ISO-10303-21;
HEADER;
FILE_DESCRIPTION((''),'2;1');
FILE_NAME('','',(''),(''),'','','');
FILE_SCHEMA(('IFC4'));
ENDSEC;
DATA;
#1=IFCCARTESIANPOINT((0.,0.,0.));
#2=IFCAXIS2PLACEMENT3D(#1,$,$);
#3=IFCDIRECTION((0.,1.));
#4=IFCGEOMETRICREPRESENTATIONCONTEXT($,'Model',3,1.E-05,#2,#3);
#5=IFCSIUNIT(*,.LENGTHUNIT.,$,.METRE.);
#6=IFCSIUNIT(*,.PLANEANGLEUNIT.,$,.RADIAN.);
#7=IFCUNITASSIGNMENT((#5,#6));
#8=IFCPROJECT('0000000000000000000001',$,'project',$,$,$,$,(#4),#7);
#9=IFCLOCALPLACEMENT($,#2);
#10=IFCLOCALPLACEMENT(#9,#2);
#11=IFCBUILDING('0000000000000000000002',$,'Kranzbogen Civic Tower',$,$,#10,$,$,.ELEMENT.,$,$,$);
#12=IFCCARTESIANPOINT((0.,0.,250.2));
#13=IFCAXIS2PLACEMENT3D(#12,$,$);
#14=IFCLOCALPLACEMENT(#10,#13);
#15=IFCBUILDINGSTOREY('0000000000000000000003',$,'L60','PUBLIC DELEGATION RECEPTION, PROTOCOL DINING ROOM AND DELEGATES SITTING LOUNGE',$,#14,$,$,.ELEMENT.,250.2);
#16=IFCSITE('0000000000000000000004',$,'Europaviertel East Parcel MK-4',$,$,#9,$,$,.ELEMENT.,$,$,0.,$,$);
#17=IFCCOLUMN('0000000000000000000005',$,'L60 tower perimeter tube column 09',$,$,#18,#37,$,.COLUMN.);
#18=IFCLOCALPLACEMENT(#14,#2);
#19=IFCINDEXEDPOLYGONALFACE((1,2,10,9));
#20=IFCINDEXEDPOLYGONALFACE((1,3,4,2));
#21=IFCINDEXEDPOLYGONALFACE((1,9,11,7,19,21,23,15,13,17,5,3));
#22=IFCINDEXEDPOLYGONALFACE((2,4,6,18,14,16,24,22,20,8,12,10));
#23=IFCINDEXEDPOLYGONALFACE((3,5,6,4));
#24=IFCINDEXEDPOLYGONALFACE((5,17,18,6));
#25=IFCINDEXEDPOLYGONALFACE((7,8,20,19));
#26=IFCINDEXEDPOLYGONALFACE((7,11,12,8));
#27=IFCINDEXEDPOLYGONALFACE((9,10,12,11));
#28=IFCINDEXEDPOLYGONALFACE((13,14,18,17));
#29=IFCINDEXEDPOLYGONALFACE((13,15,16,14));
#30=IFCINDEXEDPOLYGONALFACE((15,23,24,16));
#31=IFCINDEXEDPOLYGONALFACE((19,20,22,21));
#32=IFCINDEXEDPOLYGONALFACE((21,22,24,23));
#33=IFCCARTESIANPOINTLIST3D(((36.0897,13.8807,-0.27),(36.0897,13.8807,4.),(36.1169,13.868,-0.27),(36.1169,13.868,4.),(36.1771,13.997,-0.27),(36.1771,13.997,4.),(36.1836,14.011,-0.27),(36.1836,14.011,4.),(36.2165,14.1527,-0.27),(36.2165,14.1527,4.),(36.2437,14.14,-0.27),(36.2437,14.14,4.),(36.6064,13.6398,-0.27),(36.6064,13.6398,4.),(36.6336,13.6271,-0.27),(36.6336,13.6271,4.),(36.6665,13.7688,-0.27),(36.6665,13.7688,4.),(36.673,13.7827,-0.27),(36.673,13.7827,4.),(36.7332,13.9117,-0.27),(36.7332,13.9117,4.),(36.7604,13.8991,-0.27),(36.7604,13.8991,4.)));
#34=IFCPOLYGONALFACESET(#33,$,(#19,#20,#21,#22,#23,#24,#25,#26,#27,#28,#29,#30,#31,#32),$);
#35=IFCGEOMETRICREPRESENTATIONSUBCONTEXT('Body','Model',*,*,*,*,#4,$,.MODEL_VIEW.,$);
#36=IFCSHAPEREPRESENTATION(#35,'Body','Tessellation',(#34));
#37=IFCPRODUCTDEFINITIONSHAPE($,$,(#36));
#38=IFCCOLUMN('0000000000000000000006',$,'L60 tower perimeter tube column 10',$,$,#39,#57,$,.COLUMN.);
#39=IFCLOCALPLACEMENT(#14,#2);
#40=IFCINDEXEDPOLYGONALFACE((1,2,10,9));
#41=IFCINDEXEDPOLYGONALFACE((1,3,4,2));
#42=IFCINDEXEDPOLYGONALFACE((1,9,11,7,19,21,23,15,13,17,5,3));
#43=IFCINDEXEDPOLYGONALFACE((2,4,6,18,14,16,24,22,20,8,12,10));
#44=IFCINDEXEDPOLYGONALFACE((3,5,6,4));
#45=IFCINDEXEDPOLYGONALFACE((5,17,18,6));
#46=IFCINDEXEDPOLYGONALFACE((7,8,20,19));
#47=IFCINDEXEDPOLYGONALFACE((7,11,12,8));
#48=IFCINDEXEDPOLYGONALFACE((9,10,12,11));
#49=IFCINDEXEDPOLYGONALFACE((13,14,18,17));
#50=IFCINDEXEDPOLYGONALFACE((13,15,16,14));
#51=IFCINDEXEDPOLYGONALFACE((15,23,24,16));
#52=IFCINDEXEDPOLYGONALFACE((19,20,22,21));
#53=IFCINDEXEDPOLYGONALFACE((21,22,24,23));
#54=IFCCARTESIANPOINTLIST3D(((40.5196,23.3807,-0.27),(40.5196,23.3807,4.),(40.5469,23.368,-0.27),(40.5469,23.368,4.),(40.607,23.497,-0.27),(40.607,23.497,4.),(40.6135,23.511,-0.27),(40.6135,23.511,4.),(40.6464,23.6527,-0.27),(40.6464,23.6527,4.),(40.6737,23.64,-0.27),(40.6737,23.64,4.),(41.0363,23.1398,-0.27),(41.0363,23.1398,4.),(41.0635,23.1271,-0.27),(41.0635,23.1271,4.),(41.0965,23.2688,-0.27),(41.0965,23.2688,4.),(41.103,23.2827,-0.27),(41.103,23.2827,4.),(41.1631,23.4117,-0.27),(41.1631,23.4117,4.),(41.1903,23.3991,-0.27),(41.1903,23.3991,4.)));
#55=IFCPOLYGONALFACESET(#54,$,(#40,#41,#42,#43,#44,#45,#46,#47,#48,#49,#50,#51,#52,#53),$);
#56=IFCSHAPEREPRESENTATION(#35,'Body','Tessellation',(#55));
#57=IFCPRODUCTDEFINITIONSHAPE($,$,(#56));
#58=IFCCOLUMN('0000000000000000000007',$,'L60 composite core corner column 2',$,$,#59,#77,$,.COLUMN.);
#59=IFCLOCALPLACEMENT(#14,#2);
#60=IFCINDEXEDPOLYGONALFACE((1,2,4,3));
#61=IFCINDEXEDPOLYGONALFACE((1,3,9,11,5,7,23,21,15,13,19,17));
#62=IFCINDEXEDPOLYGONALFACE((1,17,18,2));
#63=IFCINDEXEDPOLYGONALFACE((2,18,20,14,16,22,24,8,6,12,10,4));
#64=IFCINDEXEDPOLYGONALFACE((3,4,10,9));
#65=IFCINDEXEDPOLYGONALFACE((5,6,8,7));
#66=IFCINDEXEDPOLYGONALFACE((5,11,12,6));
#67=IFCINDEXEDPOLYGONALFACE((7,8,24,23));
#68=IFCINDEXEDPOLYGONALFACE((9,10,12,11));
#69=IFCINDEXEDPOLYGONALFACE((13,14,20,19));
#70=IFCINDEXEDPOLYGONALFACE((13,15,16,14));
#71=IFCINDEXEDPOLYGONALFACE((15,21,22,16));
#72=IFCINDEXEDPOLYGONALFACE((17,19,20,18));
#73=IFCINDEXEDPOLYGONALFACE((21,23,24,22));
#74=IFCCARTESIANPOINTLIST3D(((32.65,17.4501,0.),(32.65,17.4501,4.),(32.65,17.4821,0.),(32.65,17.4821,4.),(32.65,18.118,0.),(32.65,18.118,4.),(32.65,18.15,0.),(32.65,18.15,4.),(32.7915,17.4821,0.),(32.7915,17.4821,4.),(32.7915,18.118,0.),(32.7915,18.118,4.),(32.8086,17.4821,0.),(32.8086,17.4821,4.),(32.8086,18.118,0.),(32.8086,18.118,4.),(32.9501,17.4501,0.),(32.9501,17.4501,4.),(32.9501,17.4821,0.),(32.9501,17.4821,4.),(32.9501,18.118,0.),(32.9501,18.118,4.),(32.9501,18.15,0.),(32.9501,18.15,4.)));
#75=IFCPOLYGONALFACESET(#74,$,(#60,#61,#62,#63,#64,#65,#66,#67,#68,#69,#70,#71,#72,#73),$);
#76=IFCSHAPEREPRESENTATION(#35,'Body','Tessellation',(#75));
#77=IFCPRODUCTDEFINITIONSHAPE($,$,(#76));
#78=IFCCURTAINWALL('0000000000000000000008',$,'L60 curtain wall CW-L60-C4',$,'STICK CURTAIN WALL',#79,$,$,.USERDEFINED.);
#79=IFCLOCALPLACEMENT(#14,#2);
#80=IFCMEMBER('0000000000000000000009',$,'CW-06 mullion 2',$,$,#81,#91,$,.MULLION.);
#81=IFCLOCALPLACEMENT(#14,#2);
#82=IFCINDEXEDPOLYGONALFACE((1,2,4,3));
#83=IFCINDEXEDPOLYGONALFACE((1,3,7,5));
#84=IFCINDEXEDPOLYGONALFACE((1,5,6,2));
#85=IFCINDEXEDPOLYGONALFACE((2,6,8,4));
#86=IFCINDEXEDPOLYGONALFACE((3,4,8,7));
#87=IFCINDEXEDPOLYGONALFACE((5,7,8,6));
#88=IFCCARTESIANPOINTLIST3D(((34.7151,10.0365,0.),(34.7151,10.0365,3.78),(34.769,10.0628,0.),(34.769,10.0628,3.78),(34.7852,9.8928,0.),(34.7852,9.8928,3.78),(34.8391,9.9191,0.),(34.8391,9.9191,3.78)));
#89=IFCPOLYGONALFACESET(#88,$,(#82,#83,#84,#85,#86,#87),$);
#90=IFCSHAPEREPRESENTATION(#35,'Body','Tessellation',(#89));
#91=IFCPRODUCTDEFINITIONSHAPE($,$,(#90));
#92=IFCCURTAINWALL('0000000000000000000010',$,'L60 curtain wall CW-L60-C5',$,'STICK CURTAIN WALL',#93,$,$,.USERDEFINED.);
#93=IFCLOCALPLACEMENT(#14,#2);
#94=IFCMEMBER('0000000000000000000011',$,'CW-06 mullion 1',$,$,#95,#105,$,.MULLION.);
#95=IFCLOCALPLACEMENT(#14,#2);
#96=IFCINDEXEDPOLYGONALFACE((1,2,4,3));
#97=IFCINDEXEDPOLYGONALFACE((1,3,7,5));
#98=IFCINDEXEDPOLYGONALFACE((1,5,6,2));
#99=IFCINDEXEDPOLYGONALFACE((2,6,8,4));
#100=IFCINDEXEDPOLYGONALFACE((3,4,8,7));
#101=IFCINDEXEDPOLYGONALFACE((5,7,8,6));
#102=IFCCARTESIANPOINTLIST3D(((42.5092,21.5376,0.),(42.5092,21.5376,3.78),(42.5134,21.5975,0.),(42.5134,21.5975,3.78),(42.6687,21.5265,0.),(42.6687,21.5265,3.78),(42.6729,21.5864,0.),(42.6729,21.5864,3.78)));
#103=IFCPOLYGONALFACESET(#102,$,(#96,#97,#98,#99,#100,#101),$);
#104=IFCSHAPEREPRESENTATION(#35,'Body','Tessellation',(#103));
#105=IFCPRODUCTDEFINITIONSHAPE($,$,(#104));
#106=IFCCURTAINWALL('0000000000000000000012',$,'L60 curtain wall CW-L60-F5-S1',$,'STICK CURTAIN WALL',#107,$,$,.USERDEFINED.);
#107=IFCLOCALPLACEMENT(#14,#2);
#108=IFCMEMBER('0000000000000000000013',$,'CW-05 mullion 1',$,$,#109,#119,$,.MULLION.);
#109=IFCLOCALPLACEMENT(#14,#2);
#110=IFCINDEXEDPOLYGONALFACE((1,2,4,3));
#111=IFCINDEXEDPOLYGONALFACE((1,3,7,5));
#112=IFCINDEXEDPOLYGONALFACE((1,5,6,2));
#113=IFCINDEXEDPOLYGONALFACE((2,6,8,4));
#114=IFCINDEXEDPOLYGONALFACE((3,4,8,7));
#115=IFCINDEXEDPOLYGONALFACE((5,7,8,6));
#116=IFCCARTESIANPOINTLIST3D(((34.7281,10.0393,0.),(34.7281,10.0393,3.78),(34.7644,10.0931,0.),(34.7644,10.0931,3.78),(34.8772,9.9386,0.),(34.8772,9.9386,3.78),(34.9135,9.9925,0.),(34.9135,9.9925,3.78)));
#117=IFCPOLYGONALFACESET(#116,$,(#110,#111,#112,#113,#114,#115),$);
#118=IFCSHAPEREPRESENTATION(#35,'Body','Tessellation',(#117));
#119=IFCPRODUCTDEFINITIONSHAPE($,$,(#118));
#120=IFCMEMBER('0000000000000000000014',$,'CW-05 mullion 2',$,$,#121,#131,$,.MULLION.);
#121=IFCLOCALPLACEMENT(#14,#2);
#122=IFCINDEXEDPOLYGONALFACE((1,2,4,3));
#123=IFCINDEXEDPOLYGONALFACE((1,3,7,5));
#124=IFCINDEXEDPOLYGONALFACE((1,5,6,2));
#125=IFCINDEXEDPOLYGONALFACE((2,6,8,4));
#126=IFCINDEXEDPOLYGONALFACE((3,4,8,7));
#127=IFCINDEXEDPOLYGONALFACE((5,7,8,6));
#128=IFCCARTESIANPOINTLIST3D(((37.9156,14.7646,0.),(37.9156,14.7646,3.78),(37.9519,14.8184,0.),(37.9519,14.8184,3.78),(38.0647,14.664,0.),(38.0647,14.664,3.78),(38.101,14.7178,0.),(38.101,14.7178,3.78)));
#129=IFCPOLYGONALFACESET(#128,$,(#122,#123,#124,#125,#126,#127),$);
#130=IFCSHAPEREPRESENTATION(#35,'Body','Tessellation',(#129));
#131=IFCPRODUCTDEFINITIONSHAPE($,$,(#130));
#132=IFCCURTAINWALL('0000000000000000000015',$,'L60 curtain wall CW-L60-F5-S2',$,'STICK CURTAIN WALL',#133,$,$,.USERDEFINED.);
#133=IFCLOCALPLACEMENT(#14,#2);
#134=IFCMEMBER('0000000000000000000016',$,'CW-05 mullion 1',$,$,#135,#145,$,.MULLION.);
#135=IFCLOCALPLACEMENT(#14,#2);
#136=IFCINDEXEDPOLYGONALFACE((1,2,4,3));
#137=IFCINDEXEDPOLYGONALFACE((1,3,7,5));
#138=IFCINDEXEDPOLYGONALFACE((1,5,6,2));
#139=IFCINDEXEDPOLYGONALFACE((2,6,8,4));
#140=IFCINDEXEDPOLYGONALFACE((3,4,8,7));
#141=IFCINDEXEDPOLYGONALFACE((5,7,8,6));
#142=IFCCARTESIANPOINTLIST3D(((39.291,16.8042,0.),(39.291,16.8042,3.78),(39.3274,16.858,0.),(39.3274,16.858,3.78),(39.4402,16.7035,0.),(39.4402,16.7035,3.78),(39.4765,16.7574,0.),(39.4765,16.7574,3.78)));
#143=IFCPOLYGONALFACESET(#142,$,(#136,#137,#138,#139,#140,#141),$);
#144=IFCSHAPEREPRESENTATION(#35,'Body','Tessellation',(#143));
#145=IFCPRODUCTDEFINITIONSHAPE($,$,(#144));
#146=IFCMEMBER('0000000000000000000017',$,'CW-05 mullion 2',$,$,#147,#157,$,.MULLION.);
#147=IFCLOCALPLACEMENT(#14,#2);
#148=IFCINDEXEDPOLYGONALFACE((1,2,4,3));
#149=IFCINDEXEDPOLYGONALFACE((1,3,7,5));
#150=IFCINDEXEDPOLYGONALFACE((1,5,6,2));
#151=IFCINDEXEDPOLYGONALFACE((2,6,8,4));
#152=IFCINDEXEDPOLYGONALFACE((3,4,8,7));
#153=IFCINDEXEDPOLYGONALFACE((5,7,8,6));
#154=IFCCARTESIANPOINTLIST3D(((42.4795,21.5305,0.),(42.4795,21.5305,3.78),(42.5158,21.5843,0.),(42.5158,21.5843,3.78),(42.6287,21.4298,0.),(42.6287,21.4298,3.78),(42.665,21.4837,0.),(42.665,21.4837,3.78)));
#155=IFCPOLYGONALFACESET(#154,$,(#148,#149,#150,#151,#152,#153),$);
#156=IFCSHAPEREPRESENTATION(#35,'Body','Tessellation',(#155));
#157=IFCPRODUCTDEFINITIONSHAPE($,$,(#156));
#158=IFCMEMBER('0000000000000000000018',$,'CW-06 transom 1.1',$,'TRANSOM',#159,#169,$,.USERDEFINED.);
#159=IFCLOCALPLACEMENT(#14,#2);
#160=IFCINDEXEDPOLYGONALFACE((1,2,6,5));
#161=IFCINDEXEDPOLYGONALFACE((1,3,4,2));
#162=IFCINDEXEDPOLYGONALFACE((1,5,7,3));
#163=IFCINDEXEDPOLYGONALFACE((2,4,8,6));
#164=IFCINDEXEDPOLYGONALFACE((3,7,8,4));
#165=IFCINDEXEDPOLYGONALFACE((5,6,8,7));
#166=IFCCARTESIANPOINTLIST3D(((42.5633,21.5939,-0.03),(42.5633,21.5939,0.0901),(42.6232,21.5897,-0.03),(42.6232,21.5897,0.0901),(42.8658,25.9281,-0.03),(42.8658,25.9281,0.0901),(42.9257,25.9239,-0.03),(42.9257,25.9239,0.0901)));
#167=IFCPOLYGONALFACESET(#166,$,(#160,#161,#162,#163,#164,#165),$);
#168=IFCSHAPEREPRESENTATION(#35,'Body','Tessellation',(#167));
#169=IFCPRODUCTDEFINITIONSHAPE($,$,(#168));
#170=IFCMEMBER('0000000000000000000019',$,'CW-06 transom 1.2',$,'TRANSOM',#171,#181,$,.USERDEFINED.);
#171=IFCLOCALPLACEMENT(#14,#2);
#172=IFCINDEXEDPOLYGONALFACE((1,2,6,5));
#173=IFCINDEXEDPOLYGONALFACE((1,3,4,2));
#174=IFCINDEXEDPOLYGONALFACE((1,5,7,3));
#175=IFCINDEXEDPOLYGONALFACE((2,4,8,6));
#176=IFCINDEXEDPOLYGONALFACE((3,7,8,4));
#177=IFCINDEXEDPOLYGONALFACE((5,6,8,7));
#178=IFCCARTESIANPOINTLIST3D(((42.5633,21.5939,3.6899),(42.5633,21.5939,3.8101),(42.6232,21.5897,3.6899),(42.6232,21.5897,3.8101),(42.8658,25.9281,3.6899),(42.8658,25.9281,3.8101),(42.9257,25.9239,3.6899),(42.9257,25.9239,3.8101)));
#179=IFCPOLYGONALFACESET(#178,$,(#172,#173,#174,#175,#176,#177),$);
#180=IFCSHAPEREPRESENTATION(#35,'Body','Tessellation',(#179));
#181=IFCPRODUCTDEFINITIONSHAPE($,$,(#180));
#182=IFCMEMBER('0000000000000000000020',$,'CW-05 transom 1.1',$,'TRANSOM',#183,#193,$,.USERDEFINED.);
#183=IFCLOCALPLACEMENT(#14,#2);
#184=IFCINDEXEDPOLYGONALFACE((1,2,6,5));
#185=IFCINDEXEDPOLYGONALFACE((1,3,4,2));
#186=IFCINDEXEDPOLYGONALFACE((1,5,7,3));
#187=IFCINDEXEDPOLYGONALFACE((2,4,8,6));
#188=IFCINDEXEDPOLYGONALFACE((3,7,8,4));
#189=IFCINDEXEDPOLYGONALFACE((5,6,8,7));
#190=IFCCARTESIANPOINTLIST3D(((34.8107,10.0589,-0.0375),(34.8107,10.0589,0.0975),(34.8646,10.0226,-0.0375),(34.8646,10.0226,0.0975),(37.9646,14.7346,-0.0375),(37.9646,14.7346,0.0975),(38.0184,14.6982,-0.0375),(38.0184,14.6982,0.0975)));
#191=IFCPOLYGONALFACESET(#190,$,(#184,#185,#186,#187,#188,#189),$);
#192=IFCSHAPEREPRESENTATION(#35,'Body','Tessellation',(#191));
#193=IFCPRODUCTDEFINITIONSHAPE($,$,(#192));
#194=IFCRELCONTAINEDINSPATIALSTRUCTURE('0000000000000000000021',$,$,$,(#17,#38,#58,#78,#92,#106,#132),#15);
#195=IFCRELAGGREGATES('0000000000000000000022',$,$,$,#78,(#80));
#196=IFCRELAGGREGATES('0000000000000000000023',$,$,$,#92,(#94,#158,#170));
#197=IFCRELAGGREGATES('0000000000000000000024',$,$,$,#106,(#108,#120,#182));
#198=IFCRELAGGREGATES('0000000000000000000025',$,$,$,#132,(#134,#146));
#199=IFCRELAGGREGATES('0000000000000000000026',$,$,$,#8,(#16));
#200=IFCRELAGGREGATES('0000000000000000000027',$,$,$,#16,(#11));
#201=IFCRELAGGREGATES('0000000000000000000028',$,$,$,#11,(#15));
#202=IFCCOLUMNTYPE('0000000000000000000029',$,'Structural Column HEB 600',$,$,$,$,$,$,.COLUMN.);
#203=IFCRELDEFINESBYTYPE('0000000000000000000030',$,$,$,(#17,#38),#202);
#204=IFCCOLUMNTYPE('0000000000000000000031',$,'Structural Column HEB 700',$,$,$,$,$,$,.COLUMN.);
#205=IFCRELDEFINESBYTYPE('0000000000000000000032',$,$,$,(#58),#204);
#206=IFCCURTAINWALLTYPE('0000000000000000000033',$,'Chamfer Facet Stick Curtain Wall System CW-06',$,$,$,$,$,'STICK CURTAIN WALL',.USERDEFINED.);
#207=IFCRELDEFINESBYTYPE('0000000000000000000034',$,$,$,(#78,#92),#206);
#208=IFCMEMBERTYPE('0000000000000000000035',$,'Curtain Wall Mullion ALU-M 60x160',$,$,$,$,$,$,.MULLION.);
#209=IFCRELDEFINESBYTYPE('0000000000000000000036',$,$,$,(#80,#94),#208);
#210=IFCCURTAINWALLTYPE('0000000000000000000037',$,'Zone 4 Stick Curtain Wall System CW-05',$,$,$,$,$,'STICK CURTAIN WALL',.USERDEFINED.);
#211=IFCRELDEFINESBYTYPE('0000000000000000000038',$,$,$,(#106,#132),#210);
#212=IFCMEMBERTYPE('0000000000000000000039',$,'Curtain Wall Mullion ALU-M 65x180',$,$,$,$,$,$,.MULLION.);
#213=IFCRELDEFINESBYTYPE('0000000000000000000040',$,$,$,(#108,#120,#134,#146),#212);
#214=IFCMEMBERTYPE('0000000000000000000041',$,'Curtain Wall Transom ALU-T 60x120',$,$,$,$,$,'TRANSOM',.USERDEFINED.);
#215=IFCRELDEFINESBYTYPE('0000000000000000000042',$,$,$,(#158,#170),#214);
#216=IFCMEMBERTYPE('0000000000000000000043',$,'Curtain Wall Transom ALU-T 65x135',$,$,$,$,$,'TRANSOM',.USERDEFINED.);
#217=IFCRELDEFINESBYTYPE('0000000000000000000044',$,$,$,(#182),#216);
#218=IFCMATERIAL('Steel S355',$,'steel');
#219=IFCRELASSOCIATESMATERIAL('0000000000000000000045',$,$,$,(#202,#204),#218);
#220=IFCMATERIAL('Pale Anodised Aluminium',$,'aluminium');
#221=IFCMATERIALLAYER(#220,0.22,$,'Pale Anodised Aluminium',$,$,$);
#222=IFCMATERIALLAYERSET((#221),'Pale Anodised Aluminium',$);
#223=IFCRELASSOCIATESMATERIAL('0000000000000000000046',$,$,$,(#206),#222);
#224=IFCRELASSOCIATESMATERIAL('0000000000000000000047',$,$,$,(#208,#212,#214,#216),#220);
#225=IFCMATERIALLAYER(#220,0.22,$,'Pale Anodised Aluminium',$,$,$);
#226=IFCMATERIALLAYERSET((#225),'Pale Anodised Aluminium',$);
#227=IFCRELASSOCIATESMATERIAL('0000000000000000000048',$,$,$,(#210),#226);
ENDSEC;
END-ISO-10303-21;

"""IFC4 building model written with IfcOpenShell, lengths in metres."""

from ifc_helpers import new_model, si_unit, direction, frame, origin, origin_2d, place, context, subcontext, project, spatial, rectangle, i_section, extrude, material, layer, layer_set, material_profile, profile_set, type_object, element, aggregate, save


model = new_model("IFC4")

# Units and contexts
model_context = context("Model", 3, precision=1e-05, world=origin(), true_north=direction((0.0, 1.0)))
body_context = subcontext(model_context, "Body", "Model", "MODEL_VIEW")
ifc_project = project(units=[si_unit("LENGTHUNIT", "METRE"), si_unit("PLANEANGLEUNIT", "RADIAN")], contexts=[model_context])

# Site, building, storey
site_placement = place(None, origin())
site = spatial("IfcSite", under=ifc_project, at=site_placement, Name="Europaviertel East Parcel MK-4", CompositionType="ELEMENT", RefElevation=0.0)
building_placement = place(site_placement, origin())
building = spatial("IfcBuilding", under=site, at=building_placement, Name="Kranzbogen Civic Tower", CompositionType="ELEMENT")
storey_placement = place(building_placement, frame((0.0, 0.0, 250.2)))
storey = spatial("IfcBuildingStorey", under=building, at=storey_placement, Name="L60", Description="PUBLIC DELEGATION RECEPTION, PROTOCOL DINING ROOM AND DELEGATES SITTING LOUNGE", CompositionType="ELEMENT", Elevation=250.2)

# Columns
ifc_material_1 = material(Name="Steel S355", Category="steel")
ifc_material_profile_1 = material_profile(ifc_material_1, i_section(OverallWidth=0.3, OverallDepth=0.6001, WebThickness=0.0154, FlangeThickness=0.03, at=origin_2d()), Name="HEB 600")
ifc_profile_set_1 = profile_set([ifc_material_profile_1], Name="Steel S355")
column_type_1 = type_object("IfcColumnType", Name="Structural Column HEB 600", PredefinedType="COLUMN", material=ifc_profile_set_1)
for number, where, z_axis, x_axis, name in (
    (1, (36.425, 13.8899, -0.27), (0.0, 0.0, 1.0), (0.422618, 0.906308, 0.0), "L60 tower perimeter tube column 09"),
    (2, (40.855, 23.3899, -0.27), (0.0, 0.0, 1.0), (0.422618, 0.906308, 0.0), "L60 tower perimeter tube column 10"),
):
    element("IfcColumn", number, at=place(storey_placement, frame(where, z_axis=z_axis, x_axis=x_axis)), inside=storey, type_object=column_type_1, Name=name, PredefinedType="COLUMN", context=body_context, shape_type="SweptSolid", body=[
        extrude(i_section(OverallWidth=0.3, OverallDepth=0.6001, WebThickness=0.0154, FlangeThickness=0.03, at=origin_2d()), origin(), (0.0, 0.0, 1.0), 4.27),
    ])
ifc_material_profile_2 = material_profile(ifc_material_1, i_section(OverallWidth=0.3, OverallDepth=0.7, WebThickness=0.0171, FlangeThickness=0.032, at=origin_2d()), Name="HEB 700")
ifc_profile_set_2 = profile_set([ifc_material_profile_2], Name="Steel S355")
column_type_2 = type_object("IfcColumnType", Name="Structural Column HEB 700", PredefinedType="COLUMN", material=ifc_profile_set_2)
column_placement = place(storey_placement, frame((32.8, 17.8, 0.0), z_axis=(0.0, 0.0, 1.0), x_axis=(1.0, 0.0, 0.0)))
element("IfcColumn", 3, at=column_placement, inside=storey, type_object=column_type_2, Name="L60 composite core corner column 2", PredefinedType="COLUMN", context=body_context, shape_type="SweptSolid", body=[
    extrude(i_section(OverallWidth=0.3, OverallDepth=0.7, WebThickness=0.0171, FlangeThickness=0.032, at=origin_2d()), origin(), (0.0, 0.0, 1.0), 4.0),
])

# Curtain walls, members
ifc_material_2 = material(Name="Pale Anodised Aluminium", Category="aluminium")
ifc_layer_1 = layer(ifc_material_2, 0.22, Name="Pale Anodised Aluminium")
ifc_layer_set_1 = layer_set([ifc_layer_1], Name="Pale Anodised Aluminium")
curtain_wall_type_1 = type_object("IfcCurtainWallType", Name="Chamfer Facet Stick Curtain Wall System CW-06", ElementType="STICK CURTAIN WALL", PredefinedType="USERDEFINED", material=ifc_layer_set_1)
curtain_wall_1_placement = place(storey_placement, origin())
curtain_wall_1 = element("IfcCurtainWall", 4, at=curtain_wall_1_placement, inside=storey, type_object=curtain_wall_type_1, Name="L60 curtain wall CW-L60-C4", ObjectType="STICK CURTAIN WALL", PredefinedType="USERDEFINED")
ifc_material_profile_3 = material_profile(ifc_material_2, rectangle(XDim=0.0601, YDim=0.1599, at=origin_2d()), Name="ALU-M 60x160")
ifc_profile_set_3 = profile_set([ifc_material_profile_3], Name="Pale Anodised Aluminium")
member_type_1 = type_object("IfcMemberType", Name="Curtain Wall Mullion ALU-M 60x160", PredefinedType="MULLION", material=ifc_profile_set_3)
member_1_placement = place(storey_placement, frame((34.7771, 9.9778, 0.0), z_axis=(0.0, 0.0, 1.0), x_axis=(0.89873, 0.438503, 0.0)))
member_1 = element("IfcMember", 5, at=member_1_placement, type_object=member_type_1, Name="CW-06 mullion 2", PredefinedType="MULLION", context=body_context, shape_type="SweptSolid", body=[
    extrude(rectangle(XDim=0.0601, YDim=0.1599, at=origin_2d()), origin(), (0.0, 0.0, 1.0), 3.78),
])
curtain_wall_2_placement = place(storey_placement, origin())
curtain_wall_2 = element("IfcCurtainWall", 6, at=curtain_wall_2_placement, inside=storey, type_object=curtain_wall_type_1, Name="L60 curtain wall CW-L60-C5", ObjectType="STICK CURTAIN WALL", PredefinedType="USERDEFINED")
member_2_placement = place(storey_placement, frame((42.5911, 21.562, 0.0), z_axis=(0.0, 0.0, 1.0), x_axis=(0.069655, 0.997571, 0.0)))
member_2 = element("IfcMember", 7, at=member_2_placement, type_object=member_type_1, Name="CW-06 mullion 1", PredefinedType="MULLION", context=body_context, shape_type="SweptSolid", body=[
    extrude(rectangle(XDim=0.0601, YDim=0.1599, at=origin_2d()), origin(), (0.0, 0.0, 1.0), 3.78),
])

# Curtain walls, members
ifc_layer_2 = layer(ifc_material_2, 0.22, Name="Pale Anodised Aluminium")
ifc_layer_set_2 = layer_set([ifc_layer_2], Name="Pale Anodised Aluminium")
curtain_wall_type_2 = type_object("IfcCurtainWallType", Name="Zone 4 Stick Curtain Wall System CW-05", ElementType="STICK CURTAIN WALL", PredefinedType="USERDEFINED", material=ifc_layer_set_2)
curtain_wall_3_placement = place(storey_placement, origin())
curtain_wall_3 = element("IfcCurtainWall", 8, at=curtain_wall_3_placement, inside=storey, type_object=curtain_wall_type_2, Name="L60 curtain wall CW-L60-F5-S1", ObjectType="STICK CURTAIN WALL", PredefinedType="USERDEFINED")
ifc_material_profile_4 = material_profile(ifc_material_2, rectangle(XDim=0.0649, YDim=0.1799, at=origin_2d()), Name="ALU-M 65x180")
ifc_profile_set_4 = profile_set([ifc_material_profile_4], Name="Pale Anodised Aluminium")
member_type_2 = type_object("IfcMemberType", Name="Curtain Wall Mullion ALU-M 65x180", PredefinedType="MULLION", material=ifc_profile_set_4)
member_3_placement = place(storey_placement, frame((34.8208, 10.0159, 0.0), z_axis=(0.0, 0.0, 1.0), x_axis=(0.559219, 0.82902, 0.0)))
member_3 = element("IfcMember", 9, at=member_3_placement, type_object=member_type_2, Name="CW-05 mullion 1", PredefinedType="MULLION", context=body_context, shape_type="SweptSolid", body=[
    extrude(rectangle(XDim=0.0649, YDim=0.1799, at=origin_2d()), origin(), (0.0, 0.0, 1.0), 3.78),
])
member_4_placement = place(storey_placement, frame((38.0083, 14.7412, 0.0), z_axis=(0.0, 0.0, 1.0), x_axis=(0.559219, 0.82902, 0.0)))
member_4 = element("IfcMember", 10, at=member_4_placement, type_object=member_type_2, Name="CW-05 mullion 2", PredefinedType="MULLION", context=body_context, shape_type="SweptSolid", body=[
    extrude(rectangle(XDim=0.0649, YDim=0.1799, at=origin_2d()), origin(), (0.0, 0.0, 1.0), 3.78),
])
curtain_wall_4_placement = place(storey_placement, origin())
curtain_wall_4 = element("IfcCurtainWall", 11, at=curtain_wall_4_placement, inside=storey, type_object=curtain_wall_type_2, Name="L60 curtain wall CW-L60-F5-S2", ObjectType="STICK CURTAIN WALL", PredefinedType="USERDEFINED")
member_5_placement = place(storey_placement, frame((39.3838, 16.7808, 0.0), z_axis=(0.0, 0.0, 1.0), x_axis=(0.559258, 0.828994, 0.0)))
member_5 = element("IfcMember", 12, at=member_5_placement, type_object=member_type_2, Name="CW-05 mullion 1", PredefinedType="MULLION", context=body_context, shape_type="SweptSolid", body=[
    extrude(rectangle(XDim=0.0649, YDim=0.1799, at=origin_2d()), origin(), (0.0, 0.0, 1.0), 3.78),
])
member_6_placement = place(storey_placement, frame((42.5723, 21.5071, 0.0), z_axis=(0.0, 0.0, 1.0), x_axis=(0.559258, 0.828994, 0.0)))
member_6 = element("IfcMember", 13, at=member_6_placement, type_object=member_type_2, Name="CW-05 mullion 2", PredefinedType="MULLION", context=body_context, shape_type="SweptSolid", body=[
    extrude(rectangle(XDim=0.0649, YDim=0.1799, at=origin_2d()), origin(), (0.0, 0.0, 1.0), 3.78),
])

# Members
ifc_material_profile_5 = material_profile(ifc_material_2, rectangle(XDim=0.0601, YDim=0.1201, at=origin_2d()), Name="ALU-T 60x120")
ifc_profile_set_5 = profile_set([ifc_material_profile_5], Name="Pale Anodised Aluminium")
member_type_3 = type_object("IfcMemberType", Name="Curtain Wall Transom ALU-T 60x120", ElementType="TRANSOM", PredefinedType="USERDEFINED", material=ifc_profile_set_5)
member_7_placement = place(storey_placement, frame((42.5933, 21.5918, 0.03), z_axis=(0.069622, 0.997573, 0.0), x_axis=(-0.997573, 0.069622, 0.0)))
member_7 = element("IfcMember", 14, at=member_7_placement, type_object=member_type_3, Name="CW-06 transom 1.1", ObjectType="TRANSOM", PredefinedType="USERDEFINED", context=body_context, shape_type="SweptSolid", body=[
    extrude(rectangle(XDim=0.0601, YDim=0.1201, at=origin_2d()), origin(), (0.0, 0.0, 1.0), 4.3447),
])
member_8_placement = place(storey_placement, frame((42.5933, 21.5918, 3.75), z_axis=(0.069622, 0.997573, 0.0), x_axis=(-0.997573, 0.069622, 0.0)))
member_8 = element("IfcMember", 15, at=member_8_placement, type_object=member_type_3, Name="CW-06 transom 1.2", ObjectType="TRANSOM", PredefinedType="USERDEFINED", context=body_context, shape_type="SweptSolid", body=[
    extrude(rectangle(XDim=0.0601, YDim=0.1201, at=origin_2d()), origin(), (0.0, 0.0, 1.0), 4.3447),
])
ifc_material_profile_6 = material_profile(ifc_material_2, rectangle(XDim=0.0649, YDim=0.135, at=origin_2d()), Name="ALU-T 65x135")
ifc_profile_set_6 = profile_set([ifc_material_profile_6], Name="Pale Anodised Aluminium")
member_type_4 = type_object("IfcMemberType", Name="Curtain Wall Transom ALU-T 65x135", ElementType="TRANSOM", PredefinedType="USERDEFINED", material=ifc_profile_set_6)
member_9_placement = place(storey_placement, frame((34.8376, 10.0408, 0.03), z_axis=(0.559207, 0.829028, 0.0), x_axis=(-0.829028, 0.559207, 0.0)))
member_9 = element("IfcMember", 16, at=member_9_placement, type_object=member_type_4, Name="CW-05 transom 1.1", ObjectType="TRANSOM", PredefinedType="USERDEFINED", context=body_context, shape_type="SweptSolid", body=[
    extrude(rectangle(XDim=0.0649, YDim=0.135, at=origin_2d()), origin(), (0.0, 0.0, 1.0), 5.6399),
])

aggregate(curtain_wall_1, [member_1])
aggregate(curtain_wall_2, [member_2, member_7, member_8])
aggregate(curtain_wall_3, [member_3, member_4, member_9])
aggregate(curtain_wall_4, [member_5, member_6])

save(model, "model.ifc")
